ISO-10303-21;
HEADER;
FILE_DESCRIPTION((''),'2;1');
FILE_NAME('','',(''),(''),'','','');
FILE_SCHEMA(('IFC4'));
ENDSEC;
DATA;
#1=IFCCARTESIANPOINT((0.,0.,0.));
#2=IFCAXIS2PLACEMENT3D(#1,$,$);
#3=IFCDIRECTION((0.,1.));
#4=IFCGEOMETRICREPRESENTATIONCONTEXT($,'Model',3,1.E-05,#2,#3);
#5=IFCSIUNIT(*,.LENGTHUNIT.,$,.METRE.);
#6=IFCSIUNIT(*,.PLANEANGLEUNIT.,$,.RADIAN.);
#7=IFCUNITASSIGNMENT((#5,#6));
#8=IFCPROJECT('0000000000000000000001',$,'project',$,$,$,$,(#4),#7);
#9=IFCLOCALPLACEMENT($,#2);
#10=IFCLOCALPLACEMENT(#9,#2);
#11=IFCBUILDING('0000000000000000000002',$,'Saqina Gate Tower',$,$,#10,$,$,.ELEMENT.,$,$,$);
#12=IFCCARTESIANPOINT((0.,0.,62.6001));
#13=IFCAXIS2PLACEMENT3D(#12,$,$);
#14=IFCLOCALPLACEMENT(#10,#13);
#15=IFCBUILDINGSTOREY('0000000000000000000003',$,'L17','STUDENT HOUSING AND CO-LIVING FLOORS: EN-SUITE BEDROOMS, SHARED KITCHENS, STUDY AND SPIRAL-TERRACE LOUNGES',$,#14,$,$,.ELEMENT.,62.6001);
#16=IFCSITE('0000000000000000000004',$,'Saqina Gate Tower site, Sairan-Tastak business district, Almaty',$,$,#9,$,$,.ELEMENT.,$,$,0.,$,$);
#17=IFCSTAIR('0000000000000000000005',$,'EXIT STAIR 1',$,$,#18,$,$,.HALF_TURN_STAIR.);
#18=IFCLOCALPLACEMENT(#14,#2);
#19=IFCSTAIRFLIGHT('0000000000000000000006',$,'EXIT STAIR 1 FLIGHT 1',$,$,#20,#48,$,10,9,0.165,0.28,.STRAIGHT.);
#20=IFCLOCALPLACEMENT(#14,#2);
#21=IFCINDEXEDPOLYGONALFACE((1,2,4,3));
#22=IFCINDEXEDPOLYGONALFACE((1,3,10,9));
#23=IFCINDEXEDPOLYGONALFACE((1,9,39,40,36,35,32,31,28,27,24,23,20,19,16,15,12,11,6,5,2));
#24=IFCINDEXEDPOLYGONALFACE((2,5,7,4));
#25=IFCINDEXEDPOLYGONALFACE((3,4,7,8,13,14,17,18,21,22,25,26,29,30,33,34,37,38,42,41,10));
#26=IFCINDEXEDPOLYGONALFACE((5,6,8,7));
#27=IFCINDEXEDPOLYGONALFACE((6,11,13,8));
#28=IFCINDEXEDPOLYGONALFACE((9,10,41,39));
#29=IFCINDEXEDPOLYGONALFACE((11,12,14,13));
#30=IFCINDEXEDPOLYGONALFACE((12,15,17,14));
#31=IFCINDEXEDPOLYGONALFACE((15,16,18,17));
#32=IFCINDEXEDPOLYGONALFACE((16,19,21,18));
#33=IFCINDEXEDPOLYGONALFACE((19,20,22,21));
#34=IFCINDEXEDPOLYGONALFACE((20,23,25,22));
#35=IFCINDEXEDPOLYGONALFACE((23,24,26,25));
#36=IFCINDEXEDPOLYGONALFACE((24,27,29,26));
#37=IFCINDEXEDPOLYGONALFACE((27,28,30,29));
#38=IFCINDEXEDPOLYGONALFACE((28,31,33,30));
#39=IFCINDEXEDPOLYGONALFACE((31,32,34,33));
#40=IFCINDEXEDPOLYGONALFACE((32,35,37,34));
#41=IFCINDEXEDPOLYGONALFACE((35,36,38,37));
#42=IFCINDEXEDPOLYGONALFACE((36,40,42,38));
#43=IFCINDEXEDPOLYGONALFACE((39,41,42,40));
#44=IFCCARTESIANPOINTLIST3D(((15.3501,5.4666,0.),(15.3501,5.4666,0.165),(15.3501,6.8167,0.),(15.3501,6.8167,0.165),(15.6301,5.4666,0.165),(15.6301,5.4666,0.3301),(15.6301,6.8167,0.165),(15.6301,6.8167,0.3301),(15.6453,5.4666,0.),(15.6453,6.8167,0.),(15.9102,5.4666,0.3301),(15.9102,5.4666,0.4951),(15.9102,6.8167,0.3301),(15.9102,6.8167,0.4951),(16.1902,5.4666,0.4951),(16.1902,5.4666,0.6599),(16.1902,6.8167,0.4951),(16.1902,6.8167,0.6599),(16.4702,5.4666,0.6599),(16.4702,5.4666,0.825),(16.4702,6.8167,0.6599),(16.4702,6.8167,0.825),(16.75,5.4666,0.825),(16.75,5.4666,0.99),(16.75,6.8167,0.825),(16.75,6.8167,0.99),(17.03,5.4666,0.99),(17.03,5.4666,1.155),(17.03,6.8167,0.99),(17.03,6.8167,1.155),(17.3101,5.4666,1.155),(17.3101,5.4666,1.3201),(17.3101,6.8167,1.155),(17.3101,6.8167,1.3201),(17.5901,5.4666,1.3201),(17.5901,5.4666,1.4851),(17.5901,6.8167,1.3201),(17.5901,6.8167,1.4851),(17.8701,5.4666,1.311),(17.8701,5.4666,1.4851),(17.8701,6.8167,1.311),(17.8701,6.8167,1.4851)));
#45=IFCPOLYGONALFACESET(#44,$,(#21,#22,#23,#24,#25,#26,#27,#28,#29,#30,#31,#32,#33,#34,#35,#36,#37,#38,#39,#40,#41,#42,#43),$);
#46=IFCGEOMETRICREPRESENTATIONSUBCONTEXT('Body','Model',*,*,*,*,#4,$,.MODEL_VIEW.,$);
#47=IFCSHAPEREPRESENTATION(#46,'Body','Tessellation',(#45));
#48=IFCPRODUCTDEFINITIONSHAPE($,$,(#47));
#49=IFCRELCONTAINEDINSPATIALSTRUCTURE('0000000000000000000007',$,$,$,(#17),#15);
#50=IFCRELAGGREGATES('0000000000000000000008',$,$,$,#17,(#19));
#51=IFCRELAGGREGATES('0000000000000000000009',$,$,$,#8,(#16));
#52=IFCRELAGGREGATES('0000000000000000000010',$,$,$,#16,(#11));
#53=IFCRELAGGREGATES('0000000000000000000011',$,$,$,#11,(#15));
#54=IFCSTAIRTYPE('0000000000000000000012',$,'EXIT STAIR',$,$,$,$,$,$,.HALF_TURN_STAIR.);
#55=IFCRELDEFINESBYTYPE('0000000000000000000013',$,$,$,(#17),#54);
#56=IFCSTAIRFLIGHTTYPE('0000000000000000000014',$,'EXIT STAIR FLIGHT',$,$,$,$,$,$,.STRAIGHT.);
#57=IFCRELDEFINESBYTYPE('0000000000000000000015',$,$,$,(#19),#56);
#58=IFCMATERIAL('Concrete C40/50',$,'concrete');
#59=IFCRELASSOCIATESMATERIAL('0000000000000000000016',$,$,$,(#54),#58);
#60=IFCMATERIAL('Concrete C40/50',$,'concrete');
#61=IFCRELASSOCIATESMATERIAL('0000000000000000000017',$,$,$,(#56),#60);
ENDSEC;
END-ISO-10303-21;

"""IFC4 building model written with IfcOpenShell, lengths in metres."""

from ifc_helpers import new_model, si_unit, direction, frame, origin, place, context, subcontext, project, spatial, polyline, outline, extrude, material, type_object, element, aggregate, save


model = new_model("IFC4")

# Units and contexts
model_context = context("Model", 3, precision=1e-05, world=origin(), true_north=direction((0.0, 1.0)))
body_context = subcontext(model_context, "Body", "Model", "MODEL_VIEW")
ifc_project = project(units=[si_unit("LENGTHUNIT", "METRE"), si_unit("PLANEANGLEUNIT", "RADIAN")], contexts=[model_context])

# Site, building, storey
site_placement = place(None, origin())
site = spatial("IfcSite", under=ifc_project, at=site_placement, Name="Saqina Gate Tower site, Sairan-Tastak business district, Almaty", CompositionType="ELEMENT", RefElevation=0.0)
building_placement = place(site_placement, origin())
building = spatial("IfcBuilding", under=site, at=building_placement, Name="Saqina Gate Tower", CompositionType="ELEMENT")
storey_placement = place(building_placement, frame((0.0, 0.0, 62.6001)))
storey = spatial("IfcBuildingStorey", under=building, at=storey_placement, Name="L17", Description="STUDENT HOUSING AND CO-LIVING FLOORS: EN-SUITE BEDROOMS, SHARED KITCHENS, STUDY AND SPIRAL-TERRACE LOUNGES", CompositionType="ELEMENT", Elevation=62.6001)

# Shared definitions
ifc_material_1 = material(Name="Concrete C40/50", Category="concrete")
stair_type = type_object("IfcStairType", Name="EXIT STAIR", PredefinedType="HALF_TURN_STAIR", material=ifc_material_1)

# Stair, stair flight
stair_1_placement = place(storey_placement, origin())
stair_1 = element("IfcStair", 1, at=stair_1_placement, inside=storey, type_object=stair_type, Name="EXIT STAIR 1", PredefinedType="HALF_TURN_STAIR")
ifc_material_2 = material(Name="Concrete C40/50", Category="concrete")
stair_flight_type = type_object("IfcStairFlightType", Name="EXIT STAIR FLIGHT", PredefinedType="STRAIGHT", material=ifc_material_2)
stair_flight_placement = place(storey_placement, frame((15.3501, 6.1416, 0.0), z_axis=(0.0, 0.0, 1.0), x_axis=(1.0, 0.0, 0.0)))
stair_flight = element("IfcStairFlight", 2, at=stair_flight_placement, type_object=stair_flight_type, Name="EXIT STAIR 1 FLIGHT 1", NumberOfRisers=10, NumberOfTreads=9, PredefinedType="STRAIGHT", RiserHeight=0.165, TreadLength=0.28, context=body_context, shape_type="SweptSolid", body=[
    extrude(outline(polyline([(0.0, 0.0), (0.0, 0.165), (0.28, 0.165), (0.28, 0.3301), (0.5601, 0.3301), (0.5601, 0.4951), (0.8401, 0.4951), (0.8401, 0.6599), (1.1201, 0.6599), (1.1201, 0.825), (1.3999, 0.825), (1.3999, 0.99), (1.6799, 0.99), (1.6799, 1.155), (1.96, 1.155), (1.96, 1.3201), (2.24, 1.3201), (2.24, 1.4851), (2.52, 1.4851), (2.52, 1.6499), (2.52, 1.311), (0.2952, 0.0), (0.0, 0.0)])), frame((0.0, 0.675, 0.0), z_axis=(0.0, -1.0, 0.0), x_axis=(1.0, 0.0, 0.0)), (0.0, 0.0, 1.0), 1.3501),
])
aggregate(stair_1, [stair_flight])

save(model, "model.ifc")
